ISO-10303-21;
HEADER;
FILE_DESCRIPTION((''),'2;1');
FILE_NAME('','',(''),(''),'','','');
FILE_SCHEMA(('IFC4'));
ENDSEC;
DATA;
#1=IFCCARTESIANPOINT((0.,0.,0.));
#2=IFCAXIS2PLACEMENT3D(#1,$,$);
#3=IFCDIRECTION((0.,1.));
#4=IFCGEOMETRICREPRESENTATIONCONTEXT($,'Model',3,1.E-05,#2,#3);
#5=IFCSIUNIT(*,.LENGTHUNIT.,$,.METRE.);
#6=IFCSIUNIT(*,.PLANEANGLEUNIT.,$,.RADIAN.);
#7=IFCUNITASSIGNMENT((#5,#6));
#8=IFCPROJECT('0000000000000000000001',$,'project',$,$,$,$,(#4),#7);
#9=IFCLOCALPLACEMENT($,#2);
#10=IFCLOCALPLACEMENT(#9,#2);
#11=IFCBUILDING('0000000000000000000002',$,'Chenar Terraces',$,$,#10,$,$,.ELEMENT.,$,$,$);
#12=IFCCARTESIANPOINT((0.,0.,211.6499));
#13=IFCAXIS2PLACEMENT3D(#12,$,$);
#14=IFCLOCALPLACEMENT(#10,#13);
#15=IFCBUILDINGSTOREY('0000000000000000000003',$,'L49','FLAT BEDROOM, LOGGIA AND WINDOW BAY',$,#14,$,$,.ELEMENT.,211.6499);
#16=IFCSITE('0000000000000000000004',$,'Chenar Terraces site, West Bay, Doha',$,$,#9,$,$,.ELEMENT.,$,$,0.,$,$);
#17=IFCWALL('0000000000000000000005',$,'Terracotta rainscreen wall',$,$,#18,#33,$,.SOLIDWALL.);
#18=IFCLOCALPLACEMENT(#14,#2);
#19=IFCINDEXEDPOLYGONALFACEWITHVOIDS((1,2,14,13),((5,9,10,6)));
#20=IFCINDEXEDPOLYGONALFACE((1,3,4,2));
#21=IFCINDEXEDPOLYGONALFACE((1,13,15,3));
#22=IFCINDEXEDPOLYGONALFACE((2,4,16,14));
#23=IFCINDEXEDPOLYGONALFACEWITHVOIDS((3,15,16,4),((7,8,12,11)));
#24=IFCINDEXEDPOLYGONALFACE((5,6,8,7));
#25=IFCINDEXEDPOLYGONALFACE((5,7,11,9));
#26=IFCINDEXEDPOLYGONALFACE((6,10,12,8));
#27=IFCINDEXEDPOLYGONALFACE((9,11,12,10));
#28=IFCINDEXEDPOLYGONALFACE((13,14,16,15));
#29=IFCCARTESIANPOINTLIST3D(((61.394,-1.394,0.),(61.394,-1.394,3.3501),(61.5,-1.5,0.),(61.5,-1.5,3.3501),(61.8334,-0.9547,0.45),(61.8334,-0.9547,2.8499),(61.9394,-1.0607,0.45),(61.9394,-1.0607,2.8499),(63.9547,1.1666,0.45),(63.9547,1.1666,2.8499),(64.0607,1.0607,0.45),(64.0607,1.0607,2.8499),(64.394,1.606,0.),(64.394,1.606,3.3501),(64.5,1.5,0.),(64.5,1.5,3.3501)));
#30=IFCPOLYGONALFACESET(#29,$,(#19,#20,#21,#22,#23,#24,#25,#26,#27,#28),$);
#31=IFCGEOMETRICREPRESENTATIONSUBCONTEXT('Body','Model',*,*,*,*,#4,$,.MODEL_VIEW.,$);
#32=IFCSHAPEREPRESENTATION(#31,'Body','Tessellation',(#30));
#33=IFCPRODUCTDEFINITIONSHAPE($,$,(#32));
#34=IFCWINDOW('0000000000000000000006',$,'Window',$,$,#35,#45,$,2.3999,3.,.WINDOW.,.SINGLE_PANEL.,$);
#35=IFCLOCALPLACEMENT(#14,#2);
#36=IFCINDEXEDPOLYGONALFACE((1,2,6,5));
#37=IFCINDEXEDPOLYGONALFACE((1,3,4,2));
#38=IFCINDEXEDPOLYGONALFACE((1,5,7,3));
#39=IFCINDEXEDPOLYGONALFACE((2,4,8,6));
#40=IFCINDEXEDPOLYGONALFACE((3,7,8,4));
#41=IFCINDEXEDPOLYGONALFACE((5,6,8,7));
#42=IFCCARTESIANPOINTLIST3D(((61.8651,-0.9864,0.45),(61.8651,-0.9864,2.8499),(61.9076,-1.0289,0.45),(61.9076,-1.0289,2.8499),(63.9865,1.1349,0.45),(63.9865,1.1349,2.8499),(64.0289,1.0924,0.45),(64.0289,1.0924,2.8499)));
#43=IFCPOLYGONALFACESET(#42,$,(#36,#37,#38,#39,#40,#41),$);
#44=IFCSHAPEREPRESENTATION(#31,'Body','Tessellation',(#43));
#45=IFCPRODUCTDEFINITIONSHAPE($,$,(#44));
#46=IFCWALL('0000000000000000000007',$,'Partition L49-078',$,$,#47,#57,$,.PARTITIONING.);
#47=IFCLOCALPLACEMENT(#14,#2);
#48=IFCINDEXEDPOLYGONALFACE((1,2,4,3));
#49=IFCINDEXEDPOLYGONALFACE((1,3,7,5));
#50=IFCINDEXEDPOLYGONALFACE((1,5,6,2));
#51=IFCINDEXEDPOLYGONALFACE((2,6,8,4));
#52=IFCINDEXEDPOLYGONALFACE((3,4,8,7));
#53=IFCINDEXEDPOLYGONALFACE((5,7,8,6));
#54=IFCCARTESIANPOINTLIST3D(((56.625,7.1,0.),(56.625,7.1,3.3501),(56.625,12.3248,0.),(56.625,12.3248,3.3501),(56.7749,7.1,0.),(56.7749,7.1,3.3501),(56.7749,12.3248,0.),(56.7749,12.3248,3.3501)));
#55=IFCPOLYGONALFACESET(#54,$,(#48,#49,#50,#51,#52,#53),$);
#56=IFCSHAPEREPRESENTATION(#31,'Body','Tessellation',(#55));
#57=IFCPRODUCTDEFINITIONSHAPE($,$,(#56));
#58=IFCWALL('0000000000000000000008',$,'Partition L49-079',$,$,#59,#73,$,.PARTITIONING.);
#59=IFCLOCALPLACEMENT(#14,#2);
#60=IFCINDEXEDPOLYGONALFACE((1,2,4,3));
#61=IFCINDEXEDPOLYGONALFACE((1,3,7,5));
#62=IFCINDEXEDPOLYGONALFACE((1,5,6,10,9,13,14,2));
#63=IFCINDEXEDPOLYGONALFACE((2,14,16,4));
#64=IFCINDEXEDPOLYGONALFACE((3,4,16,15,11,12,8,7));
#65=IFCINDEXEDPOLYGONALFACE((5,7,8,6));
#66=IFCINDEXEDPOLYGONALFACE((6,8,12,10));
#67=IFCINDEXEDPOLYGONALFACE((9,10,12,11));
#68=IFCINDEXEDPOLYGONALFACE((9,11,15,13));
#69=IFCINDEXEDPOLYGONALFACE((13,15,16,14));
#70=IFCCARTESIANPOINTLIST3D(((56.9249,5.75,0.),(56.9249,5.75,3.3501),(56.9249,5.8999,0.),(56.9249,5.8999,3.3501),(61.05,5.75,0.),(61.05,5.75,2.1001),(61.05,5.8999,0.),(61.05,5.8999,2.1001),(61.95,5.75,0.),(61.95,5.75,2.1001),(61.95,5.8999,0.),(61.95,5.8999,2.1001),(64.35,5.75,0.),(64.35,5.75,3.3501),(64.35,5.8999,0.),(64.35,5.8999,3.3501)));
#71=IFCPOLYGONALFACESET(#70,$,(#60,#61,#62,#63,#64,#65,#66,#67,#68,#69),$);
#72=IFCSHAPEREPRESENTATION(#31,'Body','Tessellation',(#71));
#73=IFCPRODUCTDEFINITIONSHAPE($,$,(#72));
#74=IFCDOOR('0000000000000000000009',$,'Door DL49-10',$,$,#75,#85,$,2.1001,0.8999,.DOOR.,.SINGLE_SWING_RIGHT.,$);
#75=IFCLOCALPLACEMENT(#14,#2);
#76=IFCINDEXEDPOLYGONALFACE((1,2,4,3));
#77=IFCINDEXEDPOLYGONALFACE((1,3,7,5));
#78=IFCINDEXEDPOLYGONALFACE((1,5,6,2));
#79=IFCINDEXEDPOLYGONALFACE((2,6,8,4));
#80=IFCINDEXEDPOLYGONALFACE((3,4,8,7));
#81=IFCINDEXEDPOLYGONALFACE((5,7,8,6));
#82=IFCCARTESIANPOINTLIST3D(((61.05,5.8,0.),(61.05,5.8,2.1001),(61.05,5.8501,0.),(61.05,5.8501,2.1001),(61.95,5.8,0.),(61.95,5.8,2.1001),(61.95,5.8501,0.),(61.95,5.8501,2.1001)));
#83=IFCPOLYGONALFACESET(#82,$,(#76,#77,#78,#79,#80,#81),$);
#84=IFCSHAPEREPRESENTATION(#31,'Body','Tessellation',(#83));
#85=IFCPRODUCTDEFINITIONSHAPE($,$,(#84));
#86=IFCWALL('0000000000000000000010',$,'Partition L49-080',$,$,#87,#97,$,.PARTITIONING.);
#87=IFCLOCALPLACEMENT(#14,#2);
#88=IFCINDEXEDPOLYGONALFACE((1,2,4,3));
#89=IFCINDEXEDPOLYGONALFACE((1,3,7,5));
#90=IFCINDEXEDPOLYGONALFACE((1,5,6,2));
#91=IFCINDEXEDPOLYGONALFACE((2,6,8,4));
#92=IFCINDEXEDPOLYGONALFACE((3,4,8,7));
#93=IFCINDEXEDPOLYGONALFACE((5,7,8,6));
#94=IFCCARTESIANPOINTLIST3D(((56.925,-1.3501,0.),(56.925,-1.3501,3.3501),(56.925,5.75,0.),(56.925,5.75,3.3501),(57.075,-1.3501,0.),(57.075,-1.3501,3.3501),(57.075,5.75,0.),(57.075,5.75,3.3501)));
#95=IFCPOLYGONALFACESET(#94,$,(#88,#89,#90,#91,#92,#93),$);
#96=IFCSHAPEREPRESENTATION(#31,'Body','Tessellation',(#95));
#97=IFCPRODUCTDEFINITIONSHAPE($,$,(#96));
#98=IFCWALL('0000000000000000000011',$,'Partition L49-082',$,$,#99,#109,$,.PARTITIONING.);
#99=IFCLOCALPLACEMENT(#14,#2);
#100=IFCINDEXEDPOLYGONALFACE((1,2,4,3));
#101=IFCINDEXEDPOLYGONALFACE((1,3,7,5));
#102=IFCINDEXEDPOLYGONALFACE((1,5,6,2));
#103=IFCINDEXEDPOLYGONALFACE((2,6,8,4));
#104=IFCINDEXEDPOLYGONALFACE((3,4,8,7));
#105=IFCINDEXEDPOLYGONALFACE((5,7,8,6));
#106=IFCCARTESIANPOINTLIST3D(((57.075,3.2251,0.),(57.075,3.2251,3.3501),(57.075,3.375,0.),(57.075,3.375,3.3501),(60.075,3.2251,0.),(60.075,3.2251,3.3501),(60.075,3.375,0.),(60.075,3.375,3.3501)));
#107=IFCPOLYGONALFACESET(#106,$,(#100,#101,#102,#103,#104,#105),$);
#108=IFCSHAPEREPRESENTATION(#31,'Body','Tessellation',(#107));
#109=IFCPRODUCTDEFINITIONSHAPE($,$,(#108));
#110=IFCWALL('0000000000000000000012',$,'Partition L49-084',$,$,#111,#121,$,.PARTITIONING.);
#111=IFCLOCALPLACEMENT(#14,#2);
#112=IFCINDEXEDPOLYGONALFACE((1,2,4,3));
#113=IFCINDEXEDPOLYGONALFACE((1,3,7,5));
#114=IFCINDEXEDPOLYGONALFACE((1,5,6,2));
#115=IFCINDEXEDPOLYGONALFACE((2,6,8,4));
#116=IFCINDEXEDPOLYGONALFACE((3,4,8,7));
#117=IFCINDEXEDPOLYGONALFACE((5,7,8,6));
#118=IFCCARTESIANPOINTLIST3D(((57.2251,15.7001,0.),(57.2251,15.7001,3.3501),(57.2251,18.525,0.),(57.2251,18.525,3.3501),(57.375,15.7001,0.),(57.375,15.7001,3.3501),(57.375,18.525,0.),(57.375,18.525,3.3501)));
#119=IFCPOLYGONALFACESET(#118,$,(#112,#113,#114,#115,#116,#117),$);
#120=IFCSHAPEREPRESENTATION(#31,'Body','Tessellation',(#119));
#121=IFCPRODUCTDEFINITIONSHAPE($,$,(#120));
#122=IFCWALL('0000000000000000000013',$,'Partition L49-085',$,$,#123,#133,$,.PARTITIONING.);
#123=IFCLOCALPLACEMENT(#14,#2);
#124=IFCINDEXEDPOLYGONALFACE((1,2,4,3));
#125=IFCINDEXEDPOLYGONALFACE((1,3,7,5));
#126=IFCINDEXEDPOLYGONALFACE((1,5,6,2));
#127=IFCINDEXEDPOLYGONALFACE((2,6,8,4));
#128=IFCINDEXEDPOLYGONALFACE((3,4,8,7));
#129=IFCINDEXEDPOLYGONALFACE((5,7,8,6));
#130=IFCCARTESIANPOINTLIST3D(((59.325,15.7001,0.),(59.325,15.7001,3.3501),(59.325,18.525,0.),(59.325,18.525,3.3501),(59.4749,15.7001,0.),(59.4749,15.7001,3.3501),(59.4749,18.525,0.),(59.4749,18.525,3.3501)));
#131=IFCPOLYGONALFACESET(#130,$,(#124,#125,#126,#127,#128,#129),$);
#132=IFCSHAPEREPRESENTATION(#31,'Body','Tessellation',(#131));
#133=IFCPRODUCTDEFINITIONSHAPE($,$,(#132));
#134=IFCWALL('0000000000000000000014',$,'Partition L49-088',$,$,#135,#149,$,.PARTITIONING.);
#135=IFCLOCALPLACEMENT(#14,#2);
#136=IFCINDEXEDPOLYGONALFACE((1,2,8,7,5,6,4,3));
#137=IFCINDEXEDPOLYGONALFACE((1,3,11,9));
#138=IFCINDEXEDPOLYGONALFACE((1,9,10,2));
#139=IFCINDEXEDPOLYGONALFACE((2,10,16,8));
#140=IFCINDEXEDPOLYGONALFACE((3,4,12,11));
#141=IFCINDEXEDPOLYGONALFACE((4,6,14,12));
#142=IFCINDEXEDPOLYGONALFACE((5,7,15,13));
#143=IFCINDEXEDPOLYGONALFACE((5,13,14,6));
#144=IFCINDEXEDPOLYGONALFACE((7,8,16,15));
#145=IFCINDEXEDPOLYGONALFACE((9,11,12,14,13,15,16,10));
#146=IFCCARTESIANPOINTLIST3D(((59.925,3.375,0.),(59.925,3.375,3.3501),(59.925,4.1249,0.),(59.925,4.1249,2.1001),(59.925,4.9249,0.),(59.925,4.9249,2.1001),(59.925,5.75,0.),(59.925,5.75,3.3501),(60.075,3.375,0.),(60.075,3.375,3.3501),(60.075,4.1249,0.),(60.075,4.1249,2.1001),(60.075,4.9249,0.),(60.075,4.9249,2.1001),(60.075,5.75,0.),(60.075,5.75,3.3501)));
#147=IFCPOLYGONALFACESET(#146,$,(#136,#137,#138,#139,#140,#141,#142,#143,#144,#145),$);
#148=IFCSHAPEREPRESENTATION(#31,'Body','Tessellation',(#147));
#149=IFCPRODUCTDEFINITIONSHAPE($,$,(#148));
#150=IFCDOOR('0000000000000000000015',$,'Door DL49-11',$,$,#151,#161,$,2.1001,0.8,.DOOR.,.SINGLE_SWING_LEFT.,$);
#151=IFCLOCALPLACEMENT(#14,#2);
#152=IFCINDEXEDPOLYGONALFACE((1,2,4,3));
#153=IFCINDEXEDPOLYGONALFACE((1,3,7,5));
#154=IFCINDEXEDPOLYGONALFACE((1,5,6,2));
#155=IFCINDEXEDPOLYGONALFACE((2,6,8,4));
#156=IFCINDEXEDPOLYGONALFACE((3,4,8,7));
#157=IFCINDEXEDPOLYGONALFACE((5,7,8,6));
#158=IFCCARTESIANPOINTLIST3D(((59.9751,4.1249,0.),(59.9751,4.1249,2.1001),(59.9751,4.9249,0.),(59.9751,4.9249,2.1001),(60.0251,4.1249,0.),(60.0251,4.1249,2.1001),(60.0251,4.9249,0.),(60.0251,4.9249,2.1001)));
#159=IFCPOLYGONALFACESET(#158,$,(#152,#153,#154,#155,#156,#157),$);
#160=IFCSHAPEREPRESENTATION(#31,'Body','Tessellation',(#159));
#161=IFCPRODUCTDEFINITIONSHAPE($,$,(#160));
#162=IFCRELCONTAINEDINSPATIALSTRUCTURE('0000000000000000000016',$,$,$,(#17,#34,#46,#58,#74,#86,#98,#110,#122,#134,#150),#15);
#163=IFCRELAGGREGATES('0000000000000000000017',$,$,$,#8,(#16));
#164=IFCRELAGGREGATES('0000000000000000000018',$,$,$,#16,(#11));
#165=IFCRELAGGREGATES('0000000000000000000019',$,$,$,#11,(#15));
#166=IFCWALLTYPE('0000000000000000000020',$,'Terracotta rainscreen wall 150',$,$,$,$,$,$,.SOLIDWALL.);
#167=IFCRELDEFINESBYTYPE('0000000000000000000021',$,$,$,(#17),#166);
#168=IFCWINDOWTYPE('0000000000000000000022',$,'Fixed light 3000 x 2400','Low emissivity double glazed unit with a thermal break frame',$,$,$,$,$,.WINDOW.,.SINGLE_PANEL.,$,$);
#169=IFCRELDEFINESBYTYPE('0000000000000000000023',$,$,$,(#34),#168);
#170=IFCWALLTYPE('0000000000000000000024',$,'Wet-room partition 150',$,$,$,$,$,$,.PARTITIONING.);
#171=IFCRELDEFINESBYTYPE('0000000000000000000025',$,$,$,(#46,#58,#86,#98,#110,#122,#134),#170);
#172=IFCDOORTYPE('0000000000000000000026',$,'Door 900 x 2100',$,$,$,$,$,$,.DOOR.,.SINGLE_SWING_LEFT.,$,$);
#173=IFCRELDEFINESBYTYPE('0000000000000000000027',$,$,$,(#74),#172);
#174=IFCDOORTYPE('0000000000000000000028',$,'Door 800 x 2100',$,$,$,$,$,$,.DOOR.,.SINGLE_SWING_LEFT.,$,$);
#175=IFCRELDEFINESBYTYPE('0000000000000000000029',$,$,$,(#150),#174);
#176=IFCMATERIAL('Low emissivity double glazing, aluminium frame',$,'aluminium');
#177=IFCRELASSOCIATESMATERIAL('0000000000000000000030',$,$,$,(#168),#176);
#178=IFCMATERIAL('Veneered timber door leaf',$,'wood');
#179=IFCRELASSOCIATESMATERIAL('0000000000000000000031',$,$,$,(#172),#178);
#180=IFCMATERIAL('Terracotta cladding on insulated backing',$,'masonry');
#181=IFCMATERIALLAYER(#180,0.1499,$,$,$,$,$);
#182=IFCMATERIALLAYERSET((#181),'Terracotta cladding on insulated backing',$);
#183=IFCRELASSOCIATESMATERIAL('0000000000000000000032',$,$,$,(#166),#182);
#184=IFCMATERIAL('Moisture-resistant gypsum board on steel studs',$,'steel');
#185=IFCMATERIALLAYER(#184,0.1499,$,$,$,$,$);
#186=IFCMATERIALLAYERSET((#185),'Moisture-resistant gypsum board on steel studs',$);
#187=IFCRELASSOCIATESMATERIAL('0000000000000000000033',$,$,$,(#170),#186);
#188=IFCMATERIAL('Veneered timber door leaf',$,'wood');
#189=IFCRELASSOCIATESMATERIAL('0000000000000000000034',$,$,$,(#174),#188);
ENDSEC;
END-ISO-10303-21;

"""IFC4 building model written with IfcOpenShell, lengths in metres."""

from ifc_helpers import new_model, si_unit, direction, frame, frame_2d, origin, place, context, subcontext, project, spatial, rectangle, extrude, material, layer, layer_set, type_object, element, fill, save


model = new_model("IFC4")

# Units and contexts
model_context = context("Model", 3, precision=1e-05, world=origin(), true_north=direction((0.0, 1.0)))
body_context = subcontext(model_context, "Body", "Model", "MODEL_VIEW")
ifc_project = project(units=[si_unit("LENGTHUNIT", "METRE"), si_unit("PLANEANGLEUNIT", "RADIAN")], contexts=[model_context])

# Site, building, storey
site_placement = place(None, origin())
site = spatial("IfcSite", under=ifc_project, at=site_placement, Name="Chenar Terraces site, West Bay, Doha", CompositionType="ELEMENT", RefElevation=0.0)
building_placement = place(site_placement, origin())
building = spatial("IfcBuilding", under=site, at=building_placement, Name="Chenar Terraces", CompositionType="ELEMENT")
storey_placement = place(building_placement, frame((0.0, 0.0, 211.6499)))
storey = spatial("IfcBuildingStorey", under=building, at=storey_placement, Name="L49", Description="FLAT BEDROOM, LOGGIA AND WINDOW BAY", CompositionType="ELEMENT", Elevation=211.6499)

# Shared definitions
ifc_material_1 = material(Name="Low emissivity double glazing, aluminium frame", Category="aluminium")
window_type_1 = type_object("IfcWindowType", Name="Fixed light 3000 x 2400", Description="Low emissivity double glazed unit with a thermal break frame", PartitioningType="SINGLE_PANEL", PredefinedType="WINDOW", material=ifc_material_1)

# Shared definitions
ifc_material_2 = material(Name="Veneered timber door leaf", Category="wood")
door_type_1 = type_object("IfcDoorType", Name="Door 900 x 2100", OperationType="SINGLE_SWING_LEFT", PredefinedType="DOOR", material=ifc_material_2)

# Wall, opening, window
ifc_material_3 = material(Name="Terracotta cladding on insulated backing", Category="masonry")
ifc_layer_1 = layer(ifc_material_3, 0.1499)
ifc_layer_set_1 = layer_set([ifc_layer_1], Name="Terracotta cladding on insulated backing")
wall_type_1 = type_object("IfcWallType", Name="Terracotta rainscreen wall 150", PredefinedType="SOLIDWALL", material=ifc_layer_set_1)
wall_1_placement = place(storey_placement, frame((61.447, -1.447, 0.0), z_axis=(0.0, 0.0, 1.0), x_axis=(0.707107, 0.707107, 0.0)))
wall_1 = element("IfcWall", 1, at=wall_1_placement, inside=storey, type_object=wall_type_1, Name="Terracotta rainscreen wall", PredefinedType="SOLIDWALL", context=body_context, shape_type="SweptSolid", body=[
    extrude(rectangle(XDim=4.2427, YDim=0.1499, at=frame_2d((2.1213, 0.0))), origin(), (0.0, 0.0, 1.0), 3.3501),
])
opening_1_placement = place(wall_1_placement, frame((0.6213, 0.0, 0.45)))
opening_1 = element("IfcOpeningElement", 2, at=opening_1_placement, cuts=wall_1, PredefinedType="OPENING", context=body_context, shape_type="SweptSolid", body=[
    extrude(rectangle(XDim=3.0, YDim=2.3999, at=frame_2d((1.5, 1.2))), frame((0.0, 0.085, 0.0), z_axis=(0.0, -1.0, 0.0), x_axis=(1.0, 0.0, 0.0)), (0.0, 0.0, 1.0), 0.1699),
])
window_1_placement = place(opening_1_placement, origin())
window_1 = element("IfcWindow", 3, at=window_1_placement, inside=storey, type_object=window_type_1, Name="Window", OverallHeight=2.3999, OverallWidth=3.0, PartitioningType="SINGLE_PANEL", PredefinedType="WINDOW", context=body_context, shape_type="SweptSolid", body=[
    extrude(rectangle(XDim=3.0, YDim=2.3999, at=frame_2d((1.5, 1.2))), frame((0.0, 0.03, 0.0), z_axis=(0.0, -1.0, 0.0), x_axis=(1.0, 0.0, 0.0)), (0.0, 0.0, 1.0), 0.0601),
])
fill(opening_1, window_1)

# Wall
ifc_material_4 = material(Name="Moisture-resistant gypsum board on steel studs", Category="steel")
ifc_layer_2 = layer(ifc_material_4, 0.1499)
ifc_layer_set_2 = layer_set([ifc_layer_2], Name="Moisture-resistant gypsum board on steel studs")
wall_type_2 = type_object("IfcWallType", Name="Wet-room partition 150", PredefinedType="PARTITIONING", material=ifc_layer_set_2)
wall_2_placement = place(storey_placement, frame((56.7, 7.1001, 0.0), z_axis=(0.0, 0.0, 1.0), x_axis=(0.0, 1.0, 0.0)))
element("IfcWall", 4, at=wall_2_placement, inside=storey, type_object=wall_type_2, Name="Partition L49-078", PredefinedType="PARTITIONING", context=body_context, shape_type="SweptSolid", body=[
    extrude(rectangle(XDim=5.2249, YDim=0.1499, at=frame_2d((2.6123, 0.0))), origin(), (0.0, 0.0, 1.0), 3.3501),
])

# Wall, opening, door
wall_3_placement = place(storey_placement, frame((56.925, 5.825, 0.0), z_axis=(0.0, 0.0, 1.0), x_axis=(1.0, 0.0, 0.0)))
wall_3 = element("IfcWall", 5, at=wall_3_placement, inside=storey, type_object=wall_type_2, Name="Partition L49-079", PredefinedType="PARTITIONING", context=body_context, shape_type="SweptSolid", body=[
    extrude(rectangle(XDim=7.425, YDim=0.1499, at=frame_2d((3.7124, 0.0))), origin(), (0.0, 0.0, 1.0), 3.3501),
])
opening_2_placement = place(wall_3_placement, frame((4.125, 0.0, 0.0)))
opening_2 = element("IfcOpeningElement", 6, at=opening_2_placement, cuts=wall_3, PredefinedType="OPENING", context=body_context, shape_type="SweptSolid", body=[
    extrude(rectangle(XDim=0.8999, YDim=2.1001, at=frame_2d((0.45, 1.05))), frame((0.0, 0.085, 0.0), z_axis=(0.0, -1.0, 0.0), x_axis=(1.0, 0.0, 0.0)), (0.0, 0.0, 1.0), 0.1699),
])
door_1_placement = place(opening_2_placement, frame((0.8999, 0.0, 0.0), z_axis=(0.0, 0.0, 1.0), x_axis=(-1.0, 0.0, 0.0)))
door_1 = element("IfcDoor", 7, at=door_1_placement, inside=storey, type_object=door_type_1, Name="Door DL49-10", OperationType="SINGLE_SWING_RIGHT", OverallHeight=2.1001, OverallWidth=0.8999, PredefinedType="DOOR", context=body_context, shape_type="SweptSolid", body=[
    extrude(rectangle(XDim=0.8999, YDim=2.1001, at=frame_2d((0.45, 1.05))), frame((0.0, 0.0249, 0.0), z_axis=(0.0, -1.0, 0.0), x_axis=(1.0, 0.0, 0.0)), (0.0, 0.0, 1.0), 0.05),
])
fill(opening_2, door_1)

# Walls
wall_4_placement = place(storey_placement, frame((57.0, -1.3501, 0.0), z_axis=(0.0, 0.0, 1.0), x_axis=(0.0, 1.0, 0.0)))
element("IfcWall", 8, at=wall_4_placement, inside=storey, type_object=wall_type_2, Name="Partition L49-080", PredefinedType="PARTITIONING", context=body_context, shape_type="SweptSolid", body=[
    extrude(rectangle(XDim=7.1001, YDim=0.1499, at=frame_2d((3.55, 0.0))), origin(), (0.0, 0.0, 1.0), 3.3501),
])
wall_5_placement = place(storey_placement, frame((57.075, 3.3, 0.0), z_axis=(0.0, 0.0, 1.0), x_axis=(1.0, 0.0, 0.0)))
element("IfcWall", 9, at=wall_5_placement, inside=storey, type_object=wall_type_2, Name="Partition L49-082", PredefinedType="PARTITIONING", context=body_context, shape_type="SweptSolid", body=[
    extrude(rectangle(XDim=3.0, YDim=0.1499, at=frame_2d((1.5, 0.0))), origin(), (0.0, 0.0, 1.0), 3.3501),
])
for number, where, z_axis, x_axis, name in (
    (10, (57.3, 15.7, 0.0), (0.0, 0.0, 1.0), (0.0, 1.0, 0.0), "Partition L49-084"),
    (11, (59.3999, 15.7, 0.0), (0.0, 0.0, 1.0), (0.0, 1.0, 0.0), "Partition L49-085"),
):
    element("IfcWall", number, at=place(storey_placement, frame(where, z_axis=z_axis, x_axis=x_axis)), inside=storey, type_object=wall_type_2, Name=name, PredefinedType="PARTITIONING", context=body_context, shape_type="SweptSolid", body=[
        extrude(rectangle(XDim=2.825, YDim=0.1499, at=frame_2d((1.4126, 0.0))), origin(), (0.0, 0.0, 1.0), 3.3501),
    ])

# Wall, opening, door
wall_6_placement = place(storey_placement, frame((60.0, 3.375, 0.0), z_axis=(0.0, 0.0, 1.0), x_axis=(0.0, 1.0, 0.0)))
wall_6 = element("IfcWall", 12, at=wall_6_placement, inside=storey, type_object=wall_type_2, Name="Partition L49-088", PredefinedType="PARTITIONING", context=body_context, shape_type="SweptSolid", body=[
    extrude(rectangle(XDim=2.375, YDim=0.1499, at=frame_2d((1.1875, 0.0))), origin(), (0.0, 0.0, 1.0), 3.3501),
])
opening_3_placement = place(wall_6_placement, frame((0.75, 0.0, 0.0)))
opening_3 = element("IfcOpeningElement", 13, at=opening_3_placement, cuts=wall_6, PredefinedType="OPENING", context=body_context, shape_type="SweptSolid", body=[
    extrude(rectangle(XDim=0.8, YDim=2.1001, at=frame_2d((0.3999, 1.05))), frame((0.0, 0.085, 0.0), z_axis=(0.0, -1.0, 0.0), x_axis=(1.0, 0.0, 0.0)), (0.0, 0.0, 1.0), 0.1699),
])
ifc_material_5 = material(Name="Veneered timber door leaf", Category="wood")
door_type_2 = type_object("IfcDoorType", Name="Door 800 x 2100", OperationType="SINGLE_SWING_LEFT", PredefinedType="DOOR", material=ifc_material_5)
door_2_placement = place(opening_3_placement, origin())
door_2 = element("IfcDoor", 14, at=door_2_placement, inside=storey, type_object=door_type_2, Name="Door DL49-11", OperationType="SINGLE_SWING_LEFT", OverallHeight=2.1001, OverallWidth=0.8, PredefinedType="DOOR", context=body_context, shape_type="SweptSolid", body=[
    extrude(rectangle(XDim=0.8, YDim=2.1001, at=frame_2d((0.3999, 1.05))), frame((0.0, 0.0249, 0.0), z_axis=(0.0, -1.0, 0.0), x_axis=(1.0, 0.0, 0.0)), (0.0, 0.0, 1.0), 0.05),
])
fill(opening_3, door_2)

save(model, "model.ifc")
